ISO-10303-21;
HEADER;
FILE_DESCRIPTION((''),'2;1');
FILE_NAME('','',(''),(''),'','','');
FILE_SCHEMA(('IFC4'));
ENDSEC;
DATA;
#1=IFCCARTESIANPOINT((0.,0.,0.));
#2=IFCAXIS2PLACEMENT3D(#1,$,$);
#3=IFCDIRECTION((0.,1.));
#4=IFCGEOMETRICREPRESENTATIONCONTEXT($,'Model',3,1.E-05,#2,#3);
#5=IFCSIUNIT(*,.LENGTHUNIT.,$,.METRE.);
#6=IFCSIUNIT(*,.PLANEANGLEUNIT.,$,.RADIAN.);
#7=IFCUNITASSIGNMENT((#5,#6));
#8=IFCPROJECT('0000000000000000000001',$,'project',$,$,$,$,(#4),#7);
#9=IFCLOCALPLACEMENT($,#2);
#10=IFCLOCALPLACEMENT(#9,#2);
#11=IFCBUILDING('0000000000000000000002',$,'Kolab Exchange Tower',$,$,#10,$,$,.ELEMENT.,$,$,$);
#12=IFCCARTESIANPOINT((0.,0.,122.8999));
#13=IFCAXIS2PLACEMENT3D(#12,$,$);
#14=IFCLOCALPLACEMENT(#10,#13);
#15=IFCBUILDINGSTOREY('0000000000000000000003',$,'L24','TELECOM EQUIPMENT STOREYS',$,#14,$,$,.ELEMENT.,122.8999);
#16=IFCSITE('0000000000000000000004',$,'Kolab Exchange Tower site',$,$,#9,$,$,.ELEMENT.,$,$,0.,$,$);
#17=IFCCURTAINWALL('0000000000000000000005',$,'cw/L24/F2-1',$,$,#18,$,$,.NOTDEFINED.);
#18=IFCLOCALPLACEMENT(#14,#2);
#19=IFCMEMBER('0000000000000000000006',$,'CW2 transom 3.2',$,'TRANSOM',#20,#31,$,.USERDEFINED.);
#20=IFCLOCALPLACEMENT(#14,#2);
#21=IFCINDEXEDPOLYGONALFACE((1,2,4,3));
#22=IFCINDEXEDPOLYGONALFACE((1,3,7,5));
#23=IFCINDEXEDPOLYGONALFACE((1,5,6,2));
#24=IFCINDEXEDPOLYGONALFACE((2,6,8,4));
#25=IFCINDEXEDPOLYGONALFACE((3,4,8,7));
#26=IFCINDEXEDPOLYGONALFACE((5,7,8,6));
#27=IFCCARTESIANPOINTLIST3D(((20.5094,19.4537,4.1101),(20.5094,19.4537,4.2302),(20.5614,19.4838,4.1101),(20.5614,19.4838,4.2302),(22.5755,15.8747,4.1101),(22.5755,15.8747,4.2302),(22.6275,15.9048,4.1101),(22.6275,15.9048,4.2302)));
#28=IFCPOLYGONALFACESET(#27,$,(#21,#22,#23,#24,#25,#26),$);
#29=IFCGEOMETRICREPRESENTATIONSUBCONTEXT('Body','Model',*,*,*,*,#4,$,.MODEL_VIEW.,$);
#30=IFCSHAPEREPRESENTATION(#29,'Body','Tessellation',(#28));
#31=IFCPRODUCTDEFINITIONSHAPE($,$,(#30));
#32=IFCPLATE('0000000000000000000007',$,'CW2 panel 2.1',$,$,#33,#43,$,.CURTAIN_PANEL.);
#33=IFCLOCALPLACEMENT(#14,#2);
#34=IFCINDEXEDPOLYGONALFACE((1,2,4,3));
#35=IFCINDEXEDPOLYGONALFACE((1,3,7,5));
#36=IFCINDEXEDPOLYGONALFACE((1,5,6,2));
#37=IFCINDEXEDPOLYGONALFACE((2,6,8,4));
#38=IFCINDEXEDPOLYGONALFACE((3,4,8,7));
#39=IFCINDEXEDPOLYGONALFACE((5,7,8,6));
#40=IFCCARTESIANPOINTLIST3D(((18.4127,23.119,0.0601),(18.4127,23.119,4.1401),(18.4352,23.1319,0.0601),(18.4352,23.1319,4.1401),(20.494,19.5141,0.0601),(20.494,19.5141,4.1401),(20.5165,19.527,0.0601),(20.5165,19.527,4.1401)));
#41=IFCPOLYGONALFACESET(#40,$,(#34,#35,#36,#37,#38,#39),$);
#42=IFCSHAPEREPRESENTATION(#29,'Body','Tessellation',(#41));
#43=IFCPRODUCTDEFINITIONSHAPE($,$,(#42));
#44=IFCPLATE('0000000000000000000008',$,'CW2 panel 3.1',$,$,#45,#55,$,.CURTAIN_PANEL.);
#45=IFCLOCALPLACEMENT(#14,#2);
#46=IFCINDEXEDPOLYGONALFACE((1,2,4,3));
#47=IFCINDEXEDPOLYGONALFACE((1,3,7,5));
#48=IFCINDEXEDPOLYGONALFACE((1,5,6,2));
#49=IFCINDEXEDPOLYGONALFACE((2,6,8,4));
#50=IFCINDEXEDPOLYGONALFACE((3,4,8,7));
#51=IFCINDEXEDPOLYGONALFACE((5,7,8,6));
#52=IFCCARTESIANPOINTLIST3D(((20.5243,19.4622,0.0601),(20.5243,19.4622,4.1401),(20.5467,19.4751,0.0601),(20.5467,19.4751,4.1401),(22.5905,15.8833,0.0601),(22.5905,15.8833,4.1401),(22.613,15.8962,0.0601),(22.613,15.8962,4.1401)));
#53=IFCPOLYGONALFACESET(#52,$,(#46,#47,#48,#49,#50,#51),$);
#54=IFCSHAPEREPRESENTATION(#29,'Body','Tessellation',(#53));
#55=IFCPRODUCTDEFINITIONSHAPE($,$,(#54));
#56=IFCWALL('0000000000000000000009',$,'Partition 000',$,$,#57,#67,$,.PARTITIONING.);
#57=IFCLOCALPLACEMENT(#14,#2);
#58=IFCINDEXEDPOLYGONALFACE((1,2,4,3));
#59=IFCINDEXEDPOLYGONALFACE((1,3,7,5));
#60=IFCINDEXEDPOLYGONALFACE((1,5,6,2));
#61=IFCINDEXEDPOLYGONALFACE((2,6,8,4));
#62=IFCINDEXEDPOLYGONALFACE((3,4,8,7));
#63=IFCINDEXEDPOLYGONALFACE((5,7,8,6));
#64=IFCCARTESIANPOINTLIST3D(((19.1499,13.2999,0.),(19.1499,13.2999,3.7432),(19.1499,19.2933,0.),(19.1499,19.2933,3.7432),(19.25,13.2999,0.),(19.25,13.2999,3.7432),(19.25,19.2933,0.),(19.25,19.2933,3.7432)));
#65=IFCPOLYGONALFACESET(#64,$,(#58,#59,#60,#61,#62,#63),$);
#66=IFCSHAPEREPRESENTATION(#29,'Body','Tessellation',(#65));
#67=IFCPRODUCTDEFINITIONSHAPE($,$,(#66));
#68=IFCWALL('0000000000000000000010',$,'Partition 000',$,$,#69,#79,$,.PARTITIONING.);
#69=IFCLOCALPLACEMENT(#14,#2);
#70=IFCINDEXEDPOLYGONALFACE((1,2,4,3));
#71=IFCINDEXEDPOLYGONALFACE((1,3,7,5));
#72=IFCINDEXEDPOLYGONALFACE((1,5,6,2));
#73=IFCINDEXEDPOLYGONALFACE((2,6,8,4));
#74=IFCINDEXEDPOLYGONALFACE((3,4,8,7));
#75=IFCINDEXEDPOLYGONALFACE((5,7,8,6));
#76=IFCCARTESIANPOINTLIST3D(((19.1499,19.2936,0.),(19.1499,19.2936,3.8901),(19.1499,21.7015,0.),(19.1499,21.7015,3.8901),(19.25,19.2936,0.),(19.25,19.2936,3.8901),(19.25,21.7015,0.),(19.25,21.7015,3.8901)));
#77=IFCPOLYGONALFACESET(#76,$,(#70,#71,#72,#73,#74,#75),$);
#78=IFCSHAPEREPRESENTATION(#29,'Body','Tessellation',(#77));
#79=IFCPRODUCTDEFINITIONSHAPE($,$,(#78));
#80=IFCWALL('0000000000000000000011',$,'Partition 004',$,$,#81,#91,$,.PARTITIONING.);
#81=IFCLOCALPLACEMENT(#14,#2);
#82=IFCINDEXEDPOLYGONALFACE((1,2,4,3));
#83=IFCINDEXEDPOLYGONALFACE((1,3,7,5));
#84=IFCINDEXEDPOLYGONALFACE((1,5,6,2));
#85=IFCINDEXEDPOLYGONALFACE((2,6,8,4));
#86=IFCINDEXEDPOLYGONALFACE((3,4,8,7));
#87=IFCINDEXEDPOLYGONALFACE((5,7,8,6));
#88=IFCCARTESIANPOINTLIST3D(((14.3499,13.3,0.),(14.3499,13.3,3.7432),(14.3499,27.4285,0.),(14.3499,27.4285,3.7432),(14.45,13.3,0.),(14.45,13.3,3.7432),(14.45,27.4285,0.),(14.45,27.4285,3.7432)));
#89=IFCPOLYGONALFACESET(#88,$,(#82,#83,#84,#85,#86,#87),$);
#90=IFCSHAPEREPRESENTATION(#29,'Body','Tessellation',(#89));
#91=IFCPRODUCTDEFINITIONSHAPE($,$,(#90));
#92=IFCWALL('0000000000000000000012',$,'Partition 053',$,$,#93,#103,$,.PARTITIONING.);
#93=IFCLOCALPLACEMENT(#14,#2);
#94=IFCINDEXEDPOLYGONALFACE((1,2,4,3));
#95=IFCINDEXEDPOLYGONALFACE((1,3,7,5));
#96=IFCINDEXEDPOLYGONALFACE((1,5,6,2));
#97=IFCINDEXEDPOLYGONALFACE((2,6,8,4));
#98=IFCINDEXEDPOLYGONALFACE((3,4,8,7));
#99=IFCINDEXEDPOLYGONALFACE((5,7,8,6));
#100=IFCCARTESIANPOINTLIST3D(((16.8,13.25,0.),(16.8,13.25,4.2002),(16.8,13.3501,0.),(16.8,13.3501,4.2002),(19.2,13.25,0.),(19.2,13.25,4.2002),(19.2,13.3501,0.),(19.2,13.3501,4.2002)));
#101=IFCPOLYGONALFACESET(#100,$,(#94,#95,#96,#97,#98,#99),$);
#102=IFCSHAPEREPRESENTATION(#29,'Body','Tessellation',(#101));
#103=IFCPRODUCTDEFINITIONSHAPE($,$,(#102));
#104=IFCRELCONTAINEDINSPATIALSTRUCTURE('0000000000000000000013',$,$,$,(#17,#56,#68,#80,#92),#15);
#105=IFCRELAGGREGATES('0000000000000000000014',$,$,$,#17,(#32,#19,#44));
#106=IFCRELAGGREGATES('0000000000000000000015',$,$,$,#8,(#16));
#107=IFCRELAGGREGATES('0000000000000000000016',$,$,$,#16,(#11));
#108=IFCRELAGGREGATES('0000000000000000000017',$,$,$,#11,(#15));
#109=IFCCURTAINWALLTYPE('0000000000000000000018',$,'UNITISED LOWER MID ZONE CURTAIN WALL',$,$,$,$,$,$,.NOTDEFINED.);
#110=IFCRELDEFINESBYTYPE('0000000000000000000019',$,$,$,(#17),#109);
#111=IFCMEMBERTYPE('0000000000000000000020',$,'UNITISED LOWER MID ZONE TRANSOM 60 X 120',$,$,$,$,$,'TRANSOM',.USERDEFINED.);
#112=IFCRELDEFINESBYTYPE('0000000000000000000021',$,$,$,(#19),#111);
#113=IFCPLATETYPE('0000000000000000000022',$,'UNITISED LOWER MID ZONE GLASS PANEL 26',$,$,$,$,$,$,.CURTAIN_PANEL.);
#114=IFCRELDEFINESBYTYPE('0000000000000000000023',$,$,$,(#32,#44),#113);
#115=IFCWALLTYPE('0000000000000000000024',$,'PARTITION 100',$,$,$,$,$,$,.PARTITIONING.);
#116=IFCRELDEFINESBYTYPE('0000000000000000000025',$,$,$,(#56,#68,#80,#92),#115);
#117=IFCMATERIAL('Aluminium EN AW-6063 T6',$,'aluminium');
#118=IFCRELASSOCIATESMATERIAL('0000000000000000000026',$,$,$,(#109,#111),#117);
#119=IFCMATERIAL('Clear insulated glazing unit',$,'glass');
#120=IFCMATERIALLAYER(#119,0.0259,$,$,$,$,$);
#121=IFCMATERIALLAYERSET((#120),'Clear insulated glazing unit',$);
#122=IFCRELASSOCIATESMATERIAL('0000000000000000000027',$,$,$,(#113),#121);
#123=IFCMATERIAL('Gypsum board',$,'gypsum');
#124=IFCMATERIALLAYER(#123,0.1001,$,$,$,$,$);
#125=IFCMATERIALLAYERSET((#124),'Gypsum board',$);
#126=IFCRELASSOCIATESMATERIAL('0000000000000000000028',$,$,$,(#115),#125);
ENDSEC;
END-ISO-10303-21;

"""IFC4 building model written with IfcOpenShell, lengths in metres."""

from ifc_helpers import new_model, si_unit, direction, frame, frame_2d, origin, origin_2d, place, context, subcontext, project, spatial, rectangle, extrude, material, layer, layer_set, material_profile, profile_set, type_object, element, aggregate, save


model = new_model("IFC4")

# Units and contexts
model_context = context("Model", 3, precision=1e-05, world=origin(), true_north=direction((0.0, 1.0)))
body_context = subcontext(model_context, "Body", "Model", "MODEL_VIEW")
ifc_project = project(units=[si_unit("LENGTHUNIT", "METRE"), si_unit("PLANEANGLEUNIT", "RADIAN")], contexts=[model_context])

# Site, building, storey
site_placement = place(None, origin())
site = spatial("IfcSite", under=ifc_project, at=site_placement, Name="Kolab Exchange Tower site", CompositionType="ELEMENT", RefElevation=0.0)
building_placement = place(site_placement, origin())
building = spatial("IfcBuilding", under=site, at=building_placement, Name="Kolab Exchange Tower", CompositionType="ELEMENT")
storey_placement = place(building_placement, frame((0.0, 0.0, 122.8999)))
storey = spatial("IfcBuildingStorey", under=building, at=storey_placement, Name="L24", Description="TELECOM EQUIPMENT STOREYS", CompositionType="ELEMENT", Elevation=122.8999)

# Curtain wall
ifc_material_1 = material(Name="Aluminium EN AW-6063 T6", Category="aluminium")
curtain_wall_type = type_object("IfcCurtainWallType", Name="UNITISED LOWER MID ZONE CURTAIN WALL", PredefinedType="NOTDEFINED", material=ifc_material_1)
curtain_wall_1_placement = place(storey_placement, origin())
curtain_wall_1 = element("IfcCurtainWall", 1, at=curtain_wall_1_placement, inside=storey, type_object=curtain_wall_type, Name="cw/L24/F2-1", PredefinedType="NOTDEFINED")

# Member
ifc_material_profile_1 = material_profile(ifc_material_1, rectangle(XDim=0.0601, YDim=0.1201, at=origin_2d()), Name="RECT 60X120")
ifc_profile_set_1 = profile_set([ifc_material_profile_1], Name="Aluminium EN AW-6063 T6")
member_type_1 = type_object("IfcMemberType", Name="UNITISED LOWER MID ZONE TRANSOM 60 X 120", ElementType="TRANSOM", PredefinedType="USERDEFINED", material=ifc_profile_set_1)
member_1_placement = place(storey_placement, frame((20.5354, 19.4688, 4.1702), z_axis=(0.499958, -0.86605, 0.0), x_axis=(0.86605, 0.499958, 0.0)))
member_1 = element("IfcMember", 2, at=member_1_placement, type_object=member_type_1, Name="CW2 transom 3.2", ObjectType="TRANSOM", PredefinedType="USERDEFINED", context=body_context, shape_type="SweptSolid", body=[
    extrude(rectangle(XDim=0.0601, YDim=0.1201, at=origin_2d()), origin(), (0.0, 0.0, 1.0), 4.1326),
])

# Plates
ifc_material_2 = material(Name="Clear insulated glazing unit", Category="glass")
ifc_layer_1 = layer(ifc_material_2, 0.0259)
ifc_layer_set_1 = layer_set([ifc_layer_1], Name="Clear insulated glazing unit")
plate_type = type_object("IfcPlateType", Name="UNITISED LOWER MID ZONE GLASS PANEL 26", PredefinedType="CURTAIN_PANEL", material=ifc_layer_set_1)
plate_1_placement = place(storey_placement, frame((19.4646, 21.323, 0.0601), z_axis=(0.0, 0.0, 1.0), x_axis=(0.5, -0.866025, 0.0)))
plate_1 = element("IfcPlate", 3, at=plate_1_placement, type_object=plate_type, Name="CW2 panel 2.1", PredefinedType="CURTAIN_PANEL", context=body_context, shape_type="SweptSolid", body=[
    extrude(rectangle(XDim=4.1626, YDim=0.0259, at=origin_2d()), origin(), (0.0, 0.0, 1.0), 4.0801),
])
plate_2_placement = place(storey_placement, frame((21.5686, 17.6792, 0.0601), z_axis=(0.0, 0.0, 1.0), x_axis=(0.5, -0.866025, 0.0)))
plate_2 = element("IfcPlate", 4, at=plate_2_placement, type_object=plate_type, Name="CW2 panel 3.1", PredefinedType="CURTAIN_PANEL", context=body_context, shape_type="SweptSolid", body=[
    extrude(rectangle(XDim=4.1326, YDim=0.0259, at=origin_2d()), origin(), (0.0, 0.0, 1.0), 4.0801),
])
aggregate(curtain_wall_1, [plate_1, member_1, plate_2])

# Walls
ifc_material_3 = material(Name="Gypsum board", Category="gypsum")
ifc_layer_2 = layer(ifc_material_3, 0.1001)
ifc_layer_set_2 = layer_set([ifc_layer_2], Name="Gypsum board")
wall_type_1 = type_object("IfcWallType", Name="PARTITION 100", PredefinedType="PARTITIONING", material=ifc_layer_set_2)
wall_1_placement = place(storey_placement, frame((19.2, 13.3, 0.0), z_axis=(0.0, 0.0, 1.0), x_axis=(0.0, 1.0, 0.0)))
element("IfcWall", 5, at=wall_1_placement, inside=storey, type_object=wall_type_1, Name="Partition 000", PredefinedType="PARTITIONING", context=body_context, shape_type="SweptSolid", body=[
    extrude(rectangle(XDim=5.9934, YDim=0.1001, at=frame_2d((2.9966, 0.0))), origin(), (0.0, 0.0, 1.0), 3.7432),
])
wall_2_placement = place(storey_placement, frame((19.2, 19.2935, 0.0), z_axis=(0.0, 0.0, 1.0), x_axis=(0.0, 1.0, 0.0)))
element("IfcWall", 6, at=wall_2_placement, inside=storey, type_object=wall_type_1, Name="Partition 000", PredefinedType="PARTITIONING", context=body_context, shape_type="SweptSolid", body=[
    extrude(rectangle(XDim=2.408, YDim=0.1001, at=frame_2d((1.2041, 0.0))), origin(), (0.0, 0.0, 1.0), 3.8901),
])
wall_3_placement = place(storey_placement, frame((14.3999, 13.3, 0.0), z_axis=(0.0, 0.0, 1.0), x_axis=(0.0, 1.0, 0.0)))
element("IfcWall", 7, at=wall_3_placement, inside=storey, type_object=wall_type_1, Name="Partition 004", PredefinedType="PARTITIONING", context=body_context, shape_type="SweptSolid", body=[
    extrude(rectangle(XDim=14.1284, YDim=0.1001, at=frame_2d((7.0642, 0.0))), origin(), (0.0, 0.0, 1.0), 3.7432),
])
wall_4_placement = place(storey_placement, frame((16.8, 13.3, 0.0), z_axis=(0.0, 0.0, 1.0), x_axis=(1.0, 0.0, 0.0)))
element("IfcWall", 8, at=wall_4_placement, inside=storey, type_object=wall_type_1, Name="Partition 053", PredefinedType="PARTITIONING", context=body_context, shape_type="SweptSolid", body=[
    extrude(rectangle(XDim=2.3999, YDim=0.1001, at=frame_2d((1.2, 0.0))), origin(), (0.0, 0.0, 1.0), 4.2002),
])

save(model, "model.ifc")
